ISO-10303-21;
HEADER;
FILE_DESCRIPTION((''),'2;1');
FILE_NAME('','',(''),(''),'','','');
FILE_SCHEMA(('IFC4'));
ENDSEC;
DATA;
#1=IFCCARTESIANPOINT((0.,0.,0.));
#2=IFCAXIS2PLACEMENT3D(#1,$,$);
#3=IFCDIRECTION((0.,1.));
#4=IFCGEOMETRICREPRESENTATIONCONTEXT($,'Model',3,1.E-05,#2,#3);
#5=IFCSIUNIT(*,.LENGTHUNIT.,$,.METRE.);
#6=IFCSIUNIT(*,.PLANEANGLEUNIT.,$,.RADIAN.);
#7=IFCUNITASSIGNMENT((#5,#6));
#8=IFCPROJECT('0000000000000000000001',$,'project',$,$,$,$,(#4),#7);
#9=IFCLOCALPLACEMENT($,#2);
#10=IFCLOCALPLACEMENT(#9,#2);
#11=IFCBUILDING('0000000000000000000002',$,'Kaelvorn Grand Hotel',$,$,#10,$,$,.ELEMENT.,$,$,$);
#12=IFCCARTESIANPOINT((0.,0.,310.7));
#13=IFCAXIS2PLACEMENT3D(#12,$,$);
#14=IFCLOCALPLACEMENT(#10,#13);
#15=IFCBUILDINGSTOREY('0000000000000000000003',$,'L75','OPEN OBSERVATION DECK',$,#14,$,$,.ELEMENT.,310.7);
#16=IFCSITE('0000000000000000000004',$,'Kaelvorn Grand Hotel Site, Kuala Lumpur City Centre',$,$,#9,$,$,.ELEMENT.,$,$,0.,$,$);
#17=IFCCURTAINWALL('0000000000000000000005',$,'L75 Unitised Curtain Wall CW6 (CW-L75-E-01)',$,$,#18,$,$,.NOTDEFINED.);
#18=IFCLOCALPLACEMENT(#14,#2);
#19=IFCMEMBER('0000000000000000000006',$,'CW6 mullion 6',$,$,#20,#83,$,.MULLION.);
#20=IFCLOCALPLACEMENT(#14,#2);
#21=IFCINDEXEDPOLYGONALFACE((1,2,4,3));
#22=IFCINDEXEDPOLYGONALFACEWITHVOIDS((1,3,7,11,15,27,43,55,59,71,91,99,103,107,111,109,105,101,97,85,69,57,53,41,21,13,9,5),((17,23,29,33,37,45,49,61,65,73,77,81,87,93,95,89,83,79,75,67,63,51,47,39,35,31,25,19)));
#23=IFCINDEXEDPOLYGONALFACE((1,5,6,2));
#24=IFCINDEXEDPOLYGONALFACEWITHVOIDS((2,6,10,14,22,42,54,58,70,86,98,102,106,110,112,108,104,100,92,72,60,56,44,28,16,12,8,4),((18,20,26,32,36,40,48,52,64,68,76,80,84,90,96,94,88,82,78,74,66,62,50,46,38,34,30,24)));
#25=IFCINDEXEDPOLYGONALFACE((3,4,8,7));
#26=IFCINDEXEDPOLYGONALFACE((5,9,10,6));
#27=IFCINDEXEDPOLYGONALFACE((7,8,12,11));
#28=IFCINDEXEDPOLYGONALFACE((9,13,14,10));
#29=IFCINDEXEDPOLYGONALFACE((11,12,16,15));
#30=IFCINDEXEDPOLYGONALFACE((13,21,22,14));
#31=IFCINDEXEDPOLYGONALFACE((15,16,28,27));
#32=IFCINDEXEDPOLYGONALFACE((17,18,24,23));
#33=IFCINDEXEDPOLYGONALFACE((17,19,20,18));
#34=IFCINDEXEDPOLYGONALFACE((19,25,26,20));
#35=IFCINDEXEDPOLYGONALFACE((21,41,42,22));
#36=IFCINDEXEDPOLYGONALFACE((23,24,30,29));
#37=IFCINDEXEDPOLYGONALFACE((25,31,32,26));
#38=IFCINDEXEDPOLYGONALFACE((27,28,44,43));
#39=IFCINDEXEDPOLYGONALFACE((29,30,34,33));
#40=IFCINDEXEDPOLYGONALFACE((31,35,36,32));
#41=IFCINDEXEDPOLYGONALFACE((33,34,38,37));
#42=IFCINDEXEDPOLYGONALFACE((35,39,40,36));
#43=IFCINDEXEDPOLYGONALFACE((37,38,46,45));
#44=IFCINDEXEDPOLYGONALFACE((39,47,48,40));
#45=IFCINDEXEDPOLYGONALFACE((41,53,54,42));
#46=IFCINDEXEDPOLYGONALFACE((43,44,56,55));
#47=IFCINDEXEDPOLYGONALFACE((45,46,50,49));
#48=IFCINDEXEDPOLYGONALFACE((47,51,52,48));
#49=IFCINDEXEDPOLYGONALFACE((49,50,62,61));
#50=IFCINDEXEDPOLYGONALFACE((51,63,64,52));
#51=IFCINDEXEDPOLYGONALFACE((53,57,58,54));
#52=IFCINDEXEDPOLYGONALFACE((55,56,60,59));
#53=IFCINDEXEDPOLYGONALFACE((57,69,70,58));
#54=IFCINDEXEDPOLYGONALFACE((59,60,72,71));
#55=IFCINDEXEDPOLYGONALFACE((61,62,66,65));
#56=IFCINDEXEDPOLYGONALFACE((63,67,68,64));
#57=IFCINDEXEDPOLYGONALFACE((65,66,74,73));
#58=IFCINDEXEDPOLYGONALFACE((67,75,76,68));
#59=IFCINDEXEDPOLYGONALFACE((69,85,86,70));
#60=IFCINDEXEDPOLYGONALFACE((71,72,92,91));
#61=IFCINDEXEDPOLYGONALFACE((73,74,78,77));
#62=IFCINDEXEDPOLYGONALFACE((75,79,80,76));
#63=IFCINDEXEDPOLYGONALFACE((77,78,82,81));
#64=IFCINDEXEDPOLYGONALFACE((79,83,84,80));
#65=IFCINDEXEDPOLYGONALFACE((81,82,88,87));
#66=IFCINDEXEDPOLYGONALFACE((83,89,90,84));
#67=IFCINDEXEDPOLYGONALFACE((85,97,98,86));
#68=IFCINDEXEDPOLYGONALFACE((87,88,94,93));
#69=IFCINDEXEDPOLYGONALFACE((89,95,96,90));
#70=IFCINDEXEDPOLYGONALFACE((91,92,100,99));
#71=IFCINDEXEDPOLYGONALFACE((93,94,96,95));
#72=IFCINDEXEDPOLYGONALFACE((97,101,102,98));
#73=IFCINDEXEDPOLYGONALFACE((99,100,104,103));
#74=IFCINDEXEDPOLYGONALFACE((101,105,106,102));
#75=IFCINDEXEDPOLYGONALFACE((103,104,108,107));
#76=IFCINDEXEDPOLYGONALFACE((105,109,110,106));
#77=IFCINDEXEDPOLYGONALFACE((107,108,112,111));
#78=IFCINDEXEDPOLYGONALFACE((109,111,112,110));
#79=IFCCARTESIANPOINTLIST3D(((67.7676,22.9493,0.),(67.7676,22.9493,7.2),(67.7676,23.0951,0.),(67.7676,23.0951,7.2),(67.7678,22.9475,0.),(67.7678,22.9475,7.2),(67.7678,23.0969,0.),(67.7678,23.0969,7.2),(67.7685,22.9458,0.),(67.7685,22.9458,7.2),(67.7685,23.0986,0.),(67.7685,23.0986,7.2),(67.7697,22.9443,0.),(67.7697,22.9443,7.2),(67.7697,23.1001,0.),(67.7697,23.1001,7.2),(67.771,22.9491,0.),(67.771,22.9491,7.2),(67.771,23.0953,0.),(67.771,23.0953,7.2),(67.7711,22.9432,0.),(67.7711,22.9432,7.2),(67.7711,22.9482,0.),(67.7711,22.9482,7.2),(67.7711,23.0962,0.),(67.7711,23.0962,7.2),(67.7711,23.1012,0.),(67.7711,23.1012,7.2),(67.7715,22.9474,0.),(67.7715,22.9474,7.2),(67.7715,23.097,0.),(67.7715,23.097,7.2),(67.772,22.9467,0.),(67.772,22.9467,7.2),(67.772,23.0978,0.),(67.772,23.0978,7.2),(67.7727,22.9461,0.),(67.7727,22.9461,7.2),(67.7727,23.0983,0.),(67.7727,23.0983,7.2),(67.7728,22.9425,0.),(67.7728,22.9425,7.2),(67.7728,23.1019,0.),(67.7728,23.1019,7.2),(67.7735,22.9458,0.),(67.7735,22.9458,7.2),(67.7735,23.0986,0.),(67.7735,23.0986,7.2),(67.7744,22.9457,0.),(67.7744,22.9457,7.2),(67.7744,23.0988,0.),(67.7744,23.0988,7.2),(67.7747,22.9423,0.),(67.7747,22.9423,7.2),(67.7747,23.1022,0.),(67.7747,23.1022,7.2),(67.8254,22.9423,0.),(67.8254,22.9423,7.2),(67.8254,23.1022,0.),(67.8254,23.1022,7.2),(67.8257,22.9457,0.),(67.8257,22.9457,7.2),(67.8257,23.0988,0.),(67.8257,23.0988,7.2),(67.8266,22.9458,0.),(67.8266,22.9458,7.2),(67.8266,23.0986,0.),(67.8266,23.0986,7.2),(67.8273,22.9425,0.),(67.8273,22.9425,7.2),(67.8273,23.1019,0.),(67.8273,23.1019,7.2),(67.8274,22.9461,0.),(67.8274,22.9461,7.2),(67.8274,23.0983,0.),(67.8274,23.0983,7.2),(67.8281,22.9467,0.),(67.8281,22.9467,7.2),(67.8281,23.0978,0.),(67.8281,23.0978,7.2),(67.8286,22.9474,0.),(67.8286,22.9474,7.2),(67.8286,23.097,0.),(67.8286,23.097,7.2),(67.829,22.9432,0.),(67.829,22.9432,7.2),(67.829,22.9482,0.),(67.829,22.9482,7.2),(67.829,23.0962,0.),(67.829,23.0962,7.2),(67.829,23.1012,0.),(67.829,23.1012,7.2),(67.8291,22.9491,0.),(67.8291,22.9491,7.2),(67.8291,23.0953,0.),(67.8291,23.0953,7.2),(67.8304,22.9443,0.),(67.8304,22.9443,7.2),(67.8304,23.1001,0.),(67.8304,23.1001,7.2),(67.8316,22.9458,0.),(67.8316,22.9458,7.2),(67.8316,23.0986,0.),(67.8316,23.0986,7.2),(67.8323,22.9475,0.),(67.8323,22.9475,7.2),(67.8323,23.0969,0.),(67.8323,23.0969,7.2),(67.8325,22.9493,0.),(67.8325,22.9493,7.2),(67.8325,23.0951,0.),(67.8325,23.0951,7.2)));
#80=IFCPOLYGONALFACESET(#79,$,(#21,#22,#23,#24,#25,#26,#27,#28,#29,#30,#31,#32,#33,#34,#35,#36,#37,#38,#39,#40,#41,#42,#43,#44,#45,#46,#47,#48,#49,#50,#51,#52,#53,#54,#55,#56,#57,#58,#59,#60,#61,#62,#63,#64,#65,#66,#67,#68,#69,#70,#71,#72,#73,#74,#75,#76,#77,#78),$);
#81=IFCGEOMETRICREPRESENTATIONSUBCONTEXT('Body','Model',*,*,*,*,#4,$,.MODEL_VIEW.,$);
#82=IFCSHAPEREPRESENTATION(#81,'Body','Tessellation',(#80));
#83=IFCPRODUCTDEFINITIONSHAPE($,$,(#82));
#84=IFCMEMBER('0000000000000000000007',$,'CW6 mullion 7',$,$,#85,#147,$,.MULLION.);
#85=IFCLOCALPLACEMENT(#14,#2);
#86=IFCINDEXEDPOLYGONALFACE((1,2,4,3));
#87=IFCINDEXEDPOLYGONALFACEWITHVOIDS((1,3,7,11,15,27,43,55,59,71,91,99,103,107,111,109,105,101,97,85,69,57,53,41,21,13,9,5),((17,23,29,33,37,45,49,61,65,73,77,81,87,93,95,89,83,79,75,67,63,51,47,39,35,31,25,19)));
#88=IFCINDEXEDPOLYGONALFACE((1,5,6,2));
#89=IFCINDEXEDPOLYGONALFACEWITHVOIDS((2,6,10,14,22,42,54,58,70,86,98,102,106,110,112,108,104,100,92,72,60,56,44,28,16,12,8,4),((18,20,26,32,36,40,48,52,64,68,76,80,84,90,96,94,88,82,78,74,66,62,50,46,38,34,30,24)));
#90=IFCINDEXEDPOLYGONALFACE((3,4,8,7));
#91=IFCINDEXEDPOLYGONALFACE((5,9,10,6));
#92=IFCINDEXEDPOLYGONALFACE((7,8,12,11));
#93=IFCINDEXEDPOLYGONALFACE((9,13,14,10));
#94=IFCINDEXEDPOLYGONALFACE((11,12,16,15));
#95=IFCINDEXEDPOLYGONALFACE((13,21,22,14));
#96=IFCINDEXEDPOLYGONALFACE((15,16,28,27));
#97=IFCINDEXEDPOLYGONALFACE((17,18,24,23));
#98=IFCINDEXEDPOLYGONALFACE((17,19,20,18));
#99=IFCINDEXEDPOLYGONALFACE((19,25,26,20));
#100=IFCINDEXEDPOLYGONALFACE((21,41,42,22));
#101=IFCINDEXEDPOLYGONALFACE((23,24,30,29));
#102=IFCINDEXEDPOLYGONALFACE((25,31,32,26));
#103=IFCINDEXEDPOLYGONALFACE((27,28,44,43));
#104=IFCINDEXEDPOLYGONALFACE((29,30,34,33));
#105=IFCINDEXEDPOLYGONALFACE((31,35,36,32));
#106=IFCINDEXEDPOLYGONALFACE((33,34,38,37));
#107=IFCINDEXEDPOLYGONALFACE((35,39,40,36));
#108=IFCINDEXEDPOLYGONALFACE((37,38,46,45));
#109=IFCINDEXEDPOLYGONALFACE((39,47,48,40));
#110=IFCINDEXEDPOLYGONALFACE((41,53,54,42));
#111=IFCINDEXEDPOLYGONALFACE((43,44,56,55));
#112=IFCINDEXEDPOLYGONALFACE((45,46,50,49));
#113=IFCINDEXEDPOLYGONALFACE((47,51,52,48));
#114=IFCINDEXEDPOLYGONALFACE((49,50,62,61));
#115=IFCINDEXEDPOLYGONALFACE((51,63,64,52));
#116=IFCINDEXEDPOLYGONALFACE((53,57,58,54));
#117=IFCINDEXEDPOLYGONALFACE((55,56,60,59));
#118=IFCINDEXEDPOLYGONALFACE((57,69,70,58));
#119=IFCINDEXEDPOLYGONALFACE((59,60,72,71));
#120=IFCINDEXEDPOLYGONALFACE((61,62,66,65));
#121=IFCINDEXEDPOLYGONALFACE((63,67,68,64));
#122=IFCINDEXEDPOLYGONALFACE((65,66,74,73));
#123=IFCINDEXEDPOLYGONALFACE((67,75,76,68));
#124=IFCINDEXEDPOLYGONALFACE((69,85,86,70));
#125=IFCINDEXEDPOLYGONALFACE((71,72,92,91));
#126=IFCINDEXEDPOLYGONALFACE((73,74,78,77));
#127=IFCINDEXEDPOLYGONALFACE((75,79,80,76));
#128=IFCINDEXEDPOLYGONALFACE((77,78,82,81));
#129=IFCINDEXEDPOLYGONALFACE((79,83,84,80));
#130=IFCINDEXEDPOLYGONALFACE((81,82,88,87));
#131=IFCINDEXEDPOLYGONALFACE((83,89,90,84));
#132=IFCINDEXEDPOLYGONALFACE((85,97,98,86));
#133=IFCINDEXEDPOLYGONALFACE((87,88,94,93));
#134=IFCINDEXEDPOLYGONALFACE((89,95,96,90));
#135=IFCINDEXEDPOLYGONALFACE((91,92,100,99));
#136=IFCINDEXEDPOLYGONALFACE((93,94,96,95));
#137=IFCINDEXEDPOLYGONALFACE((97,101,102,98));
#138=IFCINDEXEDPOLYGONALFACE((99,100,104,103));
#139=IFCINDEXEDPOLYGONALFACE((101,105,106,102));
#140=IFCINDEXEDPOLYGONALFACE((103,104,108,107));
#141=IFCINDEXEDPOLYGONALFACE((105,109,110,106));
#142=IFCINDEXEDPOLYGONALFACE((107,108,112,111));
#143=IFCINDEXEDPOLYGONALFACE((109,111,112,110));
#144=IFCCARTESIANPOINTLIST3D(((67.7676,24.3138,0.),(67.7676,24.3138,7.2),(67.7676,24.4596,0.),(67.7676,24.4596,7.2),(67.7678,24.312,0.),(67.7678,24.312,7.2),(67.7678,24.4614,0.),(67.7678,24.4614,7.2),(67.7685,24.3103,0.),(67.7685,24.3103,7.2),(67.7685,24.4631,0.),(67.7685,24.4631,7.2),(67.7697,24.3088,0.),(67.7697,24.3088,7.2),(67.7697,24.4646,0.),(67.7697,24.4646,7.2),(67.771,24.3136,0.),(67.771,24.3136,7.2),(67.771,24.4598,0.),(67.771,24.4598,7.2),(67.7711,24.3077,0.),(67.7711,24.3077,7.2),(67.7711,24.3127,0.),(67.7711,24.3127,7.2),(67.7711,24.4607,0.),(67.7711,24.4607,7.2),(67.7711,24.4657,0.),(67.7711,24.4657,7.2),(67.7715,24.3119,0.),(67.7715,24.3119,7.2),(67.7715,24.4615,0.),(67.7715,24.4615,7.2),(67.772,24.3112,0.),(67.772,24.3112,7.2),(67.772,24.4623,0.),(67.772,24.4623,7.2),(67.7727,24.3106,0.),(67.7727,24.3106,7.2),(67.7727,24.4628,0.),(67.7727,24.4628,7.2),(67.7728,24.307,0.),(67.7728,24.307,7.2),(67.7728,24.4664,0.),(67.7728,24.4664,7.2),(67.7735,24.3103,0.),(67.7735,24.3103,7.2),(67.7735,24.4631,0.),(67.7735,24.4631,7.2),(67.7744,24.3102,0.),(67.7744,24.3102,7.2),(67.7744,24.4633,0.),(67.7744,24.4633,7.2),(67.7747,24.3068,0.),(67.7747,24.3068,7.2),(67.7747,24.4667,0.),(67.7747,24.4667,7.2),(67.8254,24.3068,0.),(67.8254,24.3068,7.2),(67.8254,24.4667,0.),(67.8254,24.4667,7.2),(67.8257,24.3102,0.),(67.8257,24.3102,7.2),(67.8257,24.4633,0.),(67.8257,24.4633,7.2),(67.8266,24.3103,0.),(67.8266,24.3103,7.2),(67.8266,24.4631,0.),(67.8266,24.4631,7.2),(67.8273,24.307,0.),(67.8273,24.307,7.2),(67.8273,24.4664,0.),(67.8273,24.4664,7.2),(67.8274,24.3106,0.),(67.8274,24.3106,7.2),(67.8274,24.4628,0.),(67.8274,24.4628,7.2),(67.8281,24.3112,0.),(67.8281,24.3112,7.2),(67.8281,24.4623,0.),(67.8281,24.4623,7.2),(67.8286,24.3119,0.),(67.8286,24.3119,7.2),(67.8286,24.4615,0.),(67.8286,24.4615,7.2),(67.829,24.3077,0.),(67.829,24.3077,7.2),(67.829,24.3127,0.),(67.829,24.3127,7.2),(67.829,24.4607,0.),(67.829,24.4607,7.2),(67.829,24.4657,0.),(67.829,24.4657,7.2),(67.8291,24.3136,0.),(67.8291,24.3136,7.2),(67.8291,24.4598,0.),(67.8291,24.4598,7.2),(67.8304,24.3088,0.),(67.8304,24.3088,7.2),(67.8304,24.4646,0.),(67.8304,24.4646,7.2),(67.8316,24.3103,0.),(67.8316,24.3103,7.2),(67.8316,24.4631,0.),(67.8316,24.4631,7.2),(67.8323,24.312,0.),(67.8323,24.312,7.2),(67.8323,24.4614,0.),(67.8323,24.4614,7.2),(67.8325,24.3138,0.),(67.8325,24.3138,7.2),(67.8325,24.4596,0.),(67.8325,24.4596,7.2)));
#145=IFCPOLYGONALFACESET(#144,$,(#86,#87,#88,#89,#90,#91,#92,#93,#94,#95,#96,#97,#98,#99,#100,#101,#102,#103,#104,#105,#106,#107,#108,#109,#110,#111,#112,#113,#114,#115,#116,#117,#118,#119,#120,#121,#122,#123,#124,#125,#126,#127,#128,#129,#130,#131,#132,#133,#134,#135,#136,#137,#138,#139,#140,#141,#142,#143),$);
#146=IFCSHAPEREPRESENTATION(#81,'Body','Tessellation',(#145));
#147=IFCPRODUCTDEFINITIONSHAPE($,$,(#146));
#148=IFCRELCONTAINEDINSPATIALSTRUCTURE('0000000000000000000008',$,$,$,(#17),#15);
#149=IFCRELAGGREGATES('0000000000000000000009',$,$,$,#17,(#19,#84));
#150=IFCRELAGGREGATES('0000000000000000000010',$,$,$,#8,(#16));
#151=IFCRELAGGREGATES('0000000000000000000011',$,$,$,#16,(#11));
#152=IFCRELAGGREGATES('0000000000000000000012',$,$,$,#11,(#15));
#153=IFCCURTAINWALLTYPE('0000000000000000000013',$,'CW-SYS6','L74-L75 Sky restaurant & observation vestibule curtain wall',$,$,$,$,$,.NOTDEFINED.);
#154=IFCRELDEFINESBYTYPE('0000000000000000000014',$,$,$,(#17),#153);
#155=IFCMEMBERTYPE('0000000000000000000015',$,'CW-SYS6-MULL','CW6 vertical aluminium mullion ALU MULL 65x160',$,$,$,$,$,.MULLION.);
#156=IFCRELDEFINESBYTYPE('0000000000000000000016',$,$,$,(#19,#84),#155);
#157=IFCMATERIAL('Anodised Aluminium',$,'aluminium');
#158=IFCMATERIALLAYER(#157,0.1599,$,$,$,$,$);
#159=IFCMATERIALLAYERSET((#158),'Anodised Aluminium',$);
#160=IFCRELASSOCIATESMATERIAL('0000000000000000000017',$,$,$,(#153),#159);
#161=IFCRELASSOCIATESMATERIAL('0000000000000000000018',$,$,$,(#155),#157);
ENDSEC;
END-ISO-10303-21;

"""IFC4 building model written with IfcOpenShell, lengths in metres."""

from ifc_helpers import new_model, si_unit, direction, frame, origin, origin_2d, place, context, subcontext, project, spatial, hollow_rectangle, extrude, material, layer, layer_set, material_profile, profile_set, type_object, element, aggregate, save


model = new_model("IFC4")

# Units and contexts
model_context = context("Model", 3, precision=1e-05, world=origin(), true_north=direction((0.0, 1.0)))
body_context = subcontext(model_context, "Body", "Model", "MODEL_VIEW")
ifc_project = project(units=[si_unit("LENGTHUNIT", "METRE"), si_unit("PLANEANGLEUNIT", "RADIAN")], contexts=[model_context])

# Site, building, storey
site_placement = place(None, origin())
site = spatial("IfcSite", under=ifc_project, at=site_placement, Name="Kaelvorn Grand Hotel Site, Kuala Lumpur City Centre", CompositionType="ELEMENT", RefElevation=0.0)
building_placement = place(site_placement, origin())
building = spatial("IfcBuilding", under=site, at=building_placement, Name="Kaelvorn Grand Hotel", CompositionType="ELEMENT")
storey_placement = place(building_placement, frame((0.0, 0.0, 310.7)))
storey = spatial("IfcBuildingStorey", under=building, at=storey_placement, Name="L75", Description="OPEN OBSERVATION DECK", CompositionType="ELEMENT", Elevation=310.7)

# Curtain wall, members
ifc_material_1 = material(Name="Anodised Aluminium", Category="aluminium")
ifc_layer_1 = layer(ifc_material_1, 0.1599)
ifc_layer_set_1 = layer_set([ifc_layer_1], Name="Anodised Aluminium")
curtain_wall_type = type_object("IfcCurtainWallType", Name="CW-SYS6", Description="L74-L75 Sky restaurant & observation vestibule curtain wall", PredefinedType="NOTDEFINED", material=ifc_layer_set_1)
curtain_wall_placement = place(storey_placement, origin())
curtain_wall = element("IfcCurtainWall", 1, at=curtain_wall_placement, inside=storey, type_object=curtain_wall_type, Name="L75 Unitised Curtain Wall CW6 (CW-L75-E-01)", PredefinedType="NOTDEFINED")
ifc_material_profile_1 = material_profile(ifc_material_1, hollow_rectangle(XDim=0.0649, YDim=0.1599, WallThickness=0.0034, InnerFilletRadius=0.0034, OuterFilletRadius=0.0071, at=origin_2d()), Name="ALU MULL 65x160")
ifc_profile_set_1 = profile_set([ifc_material_profile_1], Name="Anodised Aluminium")
member_type_1 = type_object("IfcMemberType", Name="CW-SYS6-MULL", Description="CW6 vertical aluminium mullion ALU MULL 65x160", PredefinedType="MULLION", material=ifc_profile_set_1)
member_1_placement = place(storey_placement, frame((67.8, 23.0222, 0.0), z_axis=(0.0, 0.0, 1.0), x_axis=(-1.0, 0.0, 0.0)))
member_1 = element("IfcMember", 2, at=member_1_placement, type_object=member_type_1, Name="CW6 mullion 6", PredefinedType="MULLION", context=body_context, shape_type="SweptSolid", body=[
    extrude(hollow_rectangle(XDim=0.0649, YDim=0.1599, WallThickness=0.0034, InnerFilletRadius=0.0034, OuterFilletRadius=0.0071, at=origin_2d()), origin(), (0.0, 0.0, 1.0), 7.2),
])
member_2_placement = place(storey_placement, frame((67.8, 24.3867, 0.0), z_axis=(0.0, 0.0, 1.0), x_axis=(-1.0, 0.0, 0.0)))
member_2 = element("IfcMember", 3, at=member_2_placement, type_object=member_type_1, Name="CW6 mullion 7", PredefinedType="MULLION", context=body_context, shape_type="SweptSolid", body=[
    extrude(hollow_rectangle(XDim=0.0649, YDim=0.1599, WallThickness=0.0034, InnerFilletRadius=0.0034, OuterFilletRadius=0.0071, at=origin_2d()), origin(), (0.0, 0.0, 1.0), 7.2),
])
aggregate(curtain_wall, [member_1, member_2])

save(model, "model.ifc")
